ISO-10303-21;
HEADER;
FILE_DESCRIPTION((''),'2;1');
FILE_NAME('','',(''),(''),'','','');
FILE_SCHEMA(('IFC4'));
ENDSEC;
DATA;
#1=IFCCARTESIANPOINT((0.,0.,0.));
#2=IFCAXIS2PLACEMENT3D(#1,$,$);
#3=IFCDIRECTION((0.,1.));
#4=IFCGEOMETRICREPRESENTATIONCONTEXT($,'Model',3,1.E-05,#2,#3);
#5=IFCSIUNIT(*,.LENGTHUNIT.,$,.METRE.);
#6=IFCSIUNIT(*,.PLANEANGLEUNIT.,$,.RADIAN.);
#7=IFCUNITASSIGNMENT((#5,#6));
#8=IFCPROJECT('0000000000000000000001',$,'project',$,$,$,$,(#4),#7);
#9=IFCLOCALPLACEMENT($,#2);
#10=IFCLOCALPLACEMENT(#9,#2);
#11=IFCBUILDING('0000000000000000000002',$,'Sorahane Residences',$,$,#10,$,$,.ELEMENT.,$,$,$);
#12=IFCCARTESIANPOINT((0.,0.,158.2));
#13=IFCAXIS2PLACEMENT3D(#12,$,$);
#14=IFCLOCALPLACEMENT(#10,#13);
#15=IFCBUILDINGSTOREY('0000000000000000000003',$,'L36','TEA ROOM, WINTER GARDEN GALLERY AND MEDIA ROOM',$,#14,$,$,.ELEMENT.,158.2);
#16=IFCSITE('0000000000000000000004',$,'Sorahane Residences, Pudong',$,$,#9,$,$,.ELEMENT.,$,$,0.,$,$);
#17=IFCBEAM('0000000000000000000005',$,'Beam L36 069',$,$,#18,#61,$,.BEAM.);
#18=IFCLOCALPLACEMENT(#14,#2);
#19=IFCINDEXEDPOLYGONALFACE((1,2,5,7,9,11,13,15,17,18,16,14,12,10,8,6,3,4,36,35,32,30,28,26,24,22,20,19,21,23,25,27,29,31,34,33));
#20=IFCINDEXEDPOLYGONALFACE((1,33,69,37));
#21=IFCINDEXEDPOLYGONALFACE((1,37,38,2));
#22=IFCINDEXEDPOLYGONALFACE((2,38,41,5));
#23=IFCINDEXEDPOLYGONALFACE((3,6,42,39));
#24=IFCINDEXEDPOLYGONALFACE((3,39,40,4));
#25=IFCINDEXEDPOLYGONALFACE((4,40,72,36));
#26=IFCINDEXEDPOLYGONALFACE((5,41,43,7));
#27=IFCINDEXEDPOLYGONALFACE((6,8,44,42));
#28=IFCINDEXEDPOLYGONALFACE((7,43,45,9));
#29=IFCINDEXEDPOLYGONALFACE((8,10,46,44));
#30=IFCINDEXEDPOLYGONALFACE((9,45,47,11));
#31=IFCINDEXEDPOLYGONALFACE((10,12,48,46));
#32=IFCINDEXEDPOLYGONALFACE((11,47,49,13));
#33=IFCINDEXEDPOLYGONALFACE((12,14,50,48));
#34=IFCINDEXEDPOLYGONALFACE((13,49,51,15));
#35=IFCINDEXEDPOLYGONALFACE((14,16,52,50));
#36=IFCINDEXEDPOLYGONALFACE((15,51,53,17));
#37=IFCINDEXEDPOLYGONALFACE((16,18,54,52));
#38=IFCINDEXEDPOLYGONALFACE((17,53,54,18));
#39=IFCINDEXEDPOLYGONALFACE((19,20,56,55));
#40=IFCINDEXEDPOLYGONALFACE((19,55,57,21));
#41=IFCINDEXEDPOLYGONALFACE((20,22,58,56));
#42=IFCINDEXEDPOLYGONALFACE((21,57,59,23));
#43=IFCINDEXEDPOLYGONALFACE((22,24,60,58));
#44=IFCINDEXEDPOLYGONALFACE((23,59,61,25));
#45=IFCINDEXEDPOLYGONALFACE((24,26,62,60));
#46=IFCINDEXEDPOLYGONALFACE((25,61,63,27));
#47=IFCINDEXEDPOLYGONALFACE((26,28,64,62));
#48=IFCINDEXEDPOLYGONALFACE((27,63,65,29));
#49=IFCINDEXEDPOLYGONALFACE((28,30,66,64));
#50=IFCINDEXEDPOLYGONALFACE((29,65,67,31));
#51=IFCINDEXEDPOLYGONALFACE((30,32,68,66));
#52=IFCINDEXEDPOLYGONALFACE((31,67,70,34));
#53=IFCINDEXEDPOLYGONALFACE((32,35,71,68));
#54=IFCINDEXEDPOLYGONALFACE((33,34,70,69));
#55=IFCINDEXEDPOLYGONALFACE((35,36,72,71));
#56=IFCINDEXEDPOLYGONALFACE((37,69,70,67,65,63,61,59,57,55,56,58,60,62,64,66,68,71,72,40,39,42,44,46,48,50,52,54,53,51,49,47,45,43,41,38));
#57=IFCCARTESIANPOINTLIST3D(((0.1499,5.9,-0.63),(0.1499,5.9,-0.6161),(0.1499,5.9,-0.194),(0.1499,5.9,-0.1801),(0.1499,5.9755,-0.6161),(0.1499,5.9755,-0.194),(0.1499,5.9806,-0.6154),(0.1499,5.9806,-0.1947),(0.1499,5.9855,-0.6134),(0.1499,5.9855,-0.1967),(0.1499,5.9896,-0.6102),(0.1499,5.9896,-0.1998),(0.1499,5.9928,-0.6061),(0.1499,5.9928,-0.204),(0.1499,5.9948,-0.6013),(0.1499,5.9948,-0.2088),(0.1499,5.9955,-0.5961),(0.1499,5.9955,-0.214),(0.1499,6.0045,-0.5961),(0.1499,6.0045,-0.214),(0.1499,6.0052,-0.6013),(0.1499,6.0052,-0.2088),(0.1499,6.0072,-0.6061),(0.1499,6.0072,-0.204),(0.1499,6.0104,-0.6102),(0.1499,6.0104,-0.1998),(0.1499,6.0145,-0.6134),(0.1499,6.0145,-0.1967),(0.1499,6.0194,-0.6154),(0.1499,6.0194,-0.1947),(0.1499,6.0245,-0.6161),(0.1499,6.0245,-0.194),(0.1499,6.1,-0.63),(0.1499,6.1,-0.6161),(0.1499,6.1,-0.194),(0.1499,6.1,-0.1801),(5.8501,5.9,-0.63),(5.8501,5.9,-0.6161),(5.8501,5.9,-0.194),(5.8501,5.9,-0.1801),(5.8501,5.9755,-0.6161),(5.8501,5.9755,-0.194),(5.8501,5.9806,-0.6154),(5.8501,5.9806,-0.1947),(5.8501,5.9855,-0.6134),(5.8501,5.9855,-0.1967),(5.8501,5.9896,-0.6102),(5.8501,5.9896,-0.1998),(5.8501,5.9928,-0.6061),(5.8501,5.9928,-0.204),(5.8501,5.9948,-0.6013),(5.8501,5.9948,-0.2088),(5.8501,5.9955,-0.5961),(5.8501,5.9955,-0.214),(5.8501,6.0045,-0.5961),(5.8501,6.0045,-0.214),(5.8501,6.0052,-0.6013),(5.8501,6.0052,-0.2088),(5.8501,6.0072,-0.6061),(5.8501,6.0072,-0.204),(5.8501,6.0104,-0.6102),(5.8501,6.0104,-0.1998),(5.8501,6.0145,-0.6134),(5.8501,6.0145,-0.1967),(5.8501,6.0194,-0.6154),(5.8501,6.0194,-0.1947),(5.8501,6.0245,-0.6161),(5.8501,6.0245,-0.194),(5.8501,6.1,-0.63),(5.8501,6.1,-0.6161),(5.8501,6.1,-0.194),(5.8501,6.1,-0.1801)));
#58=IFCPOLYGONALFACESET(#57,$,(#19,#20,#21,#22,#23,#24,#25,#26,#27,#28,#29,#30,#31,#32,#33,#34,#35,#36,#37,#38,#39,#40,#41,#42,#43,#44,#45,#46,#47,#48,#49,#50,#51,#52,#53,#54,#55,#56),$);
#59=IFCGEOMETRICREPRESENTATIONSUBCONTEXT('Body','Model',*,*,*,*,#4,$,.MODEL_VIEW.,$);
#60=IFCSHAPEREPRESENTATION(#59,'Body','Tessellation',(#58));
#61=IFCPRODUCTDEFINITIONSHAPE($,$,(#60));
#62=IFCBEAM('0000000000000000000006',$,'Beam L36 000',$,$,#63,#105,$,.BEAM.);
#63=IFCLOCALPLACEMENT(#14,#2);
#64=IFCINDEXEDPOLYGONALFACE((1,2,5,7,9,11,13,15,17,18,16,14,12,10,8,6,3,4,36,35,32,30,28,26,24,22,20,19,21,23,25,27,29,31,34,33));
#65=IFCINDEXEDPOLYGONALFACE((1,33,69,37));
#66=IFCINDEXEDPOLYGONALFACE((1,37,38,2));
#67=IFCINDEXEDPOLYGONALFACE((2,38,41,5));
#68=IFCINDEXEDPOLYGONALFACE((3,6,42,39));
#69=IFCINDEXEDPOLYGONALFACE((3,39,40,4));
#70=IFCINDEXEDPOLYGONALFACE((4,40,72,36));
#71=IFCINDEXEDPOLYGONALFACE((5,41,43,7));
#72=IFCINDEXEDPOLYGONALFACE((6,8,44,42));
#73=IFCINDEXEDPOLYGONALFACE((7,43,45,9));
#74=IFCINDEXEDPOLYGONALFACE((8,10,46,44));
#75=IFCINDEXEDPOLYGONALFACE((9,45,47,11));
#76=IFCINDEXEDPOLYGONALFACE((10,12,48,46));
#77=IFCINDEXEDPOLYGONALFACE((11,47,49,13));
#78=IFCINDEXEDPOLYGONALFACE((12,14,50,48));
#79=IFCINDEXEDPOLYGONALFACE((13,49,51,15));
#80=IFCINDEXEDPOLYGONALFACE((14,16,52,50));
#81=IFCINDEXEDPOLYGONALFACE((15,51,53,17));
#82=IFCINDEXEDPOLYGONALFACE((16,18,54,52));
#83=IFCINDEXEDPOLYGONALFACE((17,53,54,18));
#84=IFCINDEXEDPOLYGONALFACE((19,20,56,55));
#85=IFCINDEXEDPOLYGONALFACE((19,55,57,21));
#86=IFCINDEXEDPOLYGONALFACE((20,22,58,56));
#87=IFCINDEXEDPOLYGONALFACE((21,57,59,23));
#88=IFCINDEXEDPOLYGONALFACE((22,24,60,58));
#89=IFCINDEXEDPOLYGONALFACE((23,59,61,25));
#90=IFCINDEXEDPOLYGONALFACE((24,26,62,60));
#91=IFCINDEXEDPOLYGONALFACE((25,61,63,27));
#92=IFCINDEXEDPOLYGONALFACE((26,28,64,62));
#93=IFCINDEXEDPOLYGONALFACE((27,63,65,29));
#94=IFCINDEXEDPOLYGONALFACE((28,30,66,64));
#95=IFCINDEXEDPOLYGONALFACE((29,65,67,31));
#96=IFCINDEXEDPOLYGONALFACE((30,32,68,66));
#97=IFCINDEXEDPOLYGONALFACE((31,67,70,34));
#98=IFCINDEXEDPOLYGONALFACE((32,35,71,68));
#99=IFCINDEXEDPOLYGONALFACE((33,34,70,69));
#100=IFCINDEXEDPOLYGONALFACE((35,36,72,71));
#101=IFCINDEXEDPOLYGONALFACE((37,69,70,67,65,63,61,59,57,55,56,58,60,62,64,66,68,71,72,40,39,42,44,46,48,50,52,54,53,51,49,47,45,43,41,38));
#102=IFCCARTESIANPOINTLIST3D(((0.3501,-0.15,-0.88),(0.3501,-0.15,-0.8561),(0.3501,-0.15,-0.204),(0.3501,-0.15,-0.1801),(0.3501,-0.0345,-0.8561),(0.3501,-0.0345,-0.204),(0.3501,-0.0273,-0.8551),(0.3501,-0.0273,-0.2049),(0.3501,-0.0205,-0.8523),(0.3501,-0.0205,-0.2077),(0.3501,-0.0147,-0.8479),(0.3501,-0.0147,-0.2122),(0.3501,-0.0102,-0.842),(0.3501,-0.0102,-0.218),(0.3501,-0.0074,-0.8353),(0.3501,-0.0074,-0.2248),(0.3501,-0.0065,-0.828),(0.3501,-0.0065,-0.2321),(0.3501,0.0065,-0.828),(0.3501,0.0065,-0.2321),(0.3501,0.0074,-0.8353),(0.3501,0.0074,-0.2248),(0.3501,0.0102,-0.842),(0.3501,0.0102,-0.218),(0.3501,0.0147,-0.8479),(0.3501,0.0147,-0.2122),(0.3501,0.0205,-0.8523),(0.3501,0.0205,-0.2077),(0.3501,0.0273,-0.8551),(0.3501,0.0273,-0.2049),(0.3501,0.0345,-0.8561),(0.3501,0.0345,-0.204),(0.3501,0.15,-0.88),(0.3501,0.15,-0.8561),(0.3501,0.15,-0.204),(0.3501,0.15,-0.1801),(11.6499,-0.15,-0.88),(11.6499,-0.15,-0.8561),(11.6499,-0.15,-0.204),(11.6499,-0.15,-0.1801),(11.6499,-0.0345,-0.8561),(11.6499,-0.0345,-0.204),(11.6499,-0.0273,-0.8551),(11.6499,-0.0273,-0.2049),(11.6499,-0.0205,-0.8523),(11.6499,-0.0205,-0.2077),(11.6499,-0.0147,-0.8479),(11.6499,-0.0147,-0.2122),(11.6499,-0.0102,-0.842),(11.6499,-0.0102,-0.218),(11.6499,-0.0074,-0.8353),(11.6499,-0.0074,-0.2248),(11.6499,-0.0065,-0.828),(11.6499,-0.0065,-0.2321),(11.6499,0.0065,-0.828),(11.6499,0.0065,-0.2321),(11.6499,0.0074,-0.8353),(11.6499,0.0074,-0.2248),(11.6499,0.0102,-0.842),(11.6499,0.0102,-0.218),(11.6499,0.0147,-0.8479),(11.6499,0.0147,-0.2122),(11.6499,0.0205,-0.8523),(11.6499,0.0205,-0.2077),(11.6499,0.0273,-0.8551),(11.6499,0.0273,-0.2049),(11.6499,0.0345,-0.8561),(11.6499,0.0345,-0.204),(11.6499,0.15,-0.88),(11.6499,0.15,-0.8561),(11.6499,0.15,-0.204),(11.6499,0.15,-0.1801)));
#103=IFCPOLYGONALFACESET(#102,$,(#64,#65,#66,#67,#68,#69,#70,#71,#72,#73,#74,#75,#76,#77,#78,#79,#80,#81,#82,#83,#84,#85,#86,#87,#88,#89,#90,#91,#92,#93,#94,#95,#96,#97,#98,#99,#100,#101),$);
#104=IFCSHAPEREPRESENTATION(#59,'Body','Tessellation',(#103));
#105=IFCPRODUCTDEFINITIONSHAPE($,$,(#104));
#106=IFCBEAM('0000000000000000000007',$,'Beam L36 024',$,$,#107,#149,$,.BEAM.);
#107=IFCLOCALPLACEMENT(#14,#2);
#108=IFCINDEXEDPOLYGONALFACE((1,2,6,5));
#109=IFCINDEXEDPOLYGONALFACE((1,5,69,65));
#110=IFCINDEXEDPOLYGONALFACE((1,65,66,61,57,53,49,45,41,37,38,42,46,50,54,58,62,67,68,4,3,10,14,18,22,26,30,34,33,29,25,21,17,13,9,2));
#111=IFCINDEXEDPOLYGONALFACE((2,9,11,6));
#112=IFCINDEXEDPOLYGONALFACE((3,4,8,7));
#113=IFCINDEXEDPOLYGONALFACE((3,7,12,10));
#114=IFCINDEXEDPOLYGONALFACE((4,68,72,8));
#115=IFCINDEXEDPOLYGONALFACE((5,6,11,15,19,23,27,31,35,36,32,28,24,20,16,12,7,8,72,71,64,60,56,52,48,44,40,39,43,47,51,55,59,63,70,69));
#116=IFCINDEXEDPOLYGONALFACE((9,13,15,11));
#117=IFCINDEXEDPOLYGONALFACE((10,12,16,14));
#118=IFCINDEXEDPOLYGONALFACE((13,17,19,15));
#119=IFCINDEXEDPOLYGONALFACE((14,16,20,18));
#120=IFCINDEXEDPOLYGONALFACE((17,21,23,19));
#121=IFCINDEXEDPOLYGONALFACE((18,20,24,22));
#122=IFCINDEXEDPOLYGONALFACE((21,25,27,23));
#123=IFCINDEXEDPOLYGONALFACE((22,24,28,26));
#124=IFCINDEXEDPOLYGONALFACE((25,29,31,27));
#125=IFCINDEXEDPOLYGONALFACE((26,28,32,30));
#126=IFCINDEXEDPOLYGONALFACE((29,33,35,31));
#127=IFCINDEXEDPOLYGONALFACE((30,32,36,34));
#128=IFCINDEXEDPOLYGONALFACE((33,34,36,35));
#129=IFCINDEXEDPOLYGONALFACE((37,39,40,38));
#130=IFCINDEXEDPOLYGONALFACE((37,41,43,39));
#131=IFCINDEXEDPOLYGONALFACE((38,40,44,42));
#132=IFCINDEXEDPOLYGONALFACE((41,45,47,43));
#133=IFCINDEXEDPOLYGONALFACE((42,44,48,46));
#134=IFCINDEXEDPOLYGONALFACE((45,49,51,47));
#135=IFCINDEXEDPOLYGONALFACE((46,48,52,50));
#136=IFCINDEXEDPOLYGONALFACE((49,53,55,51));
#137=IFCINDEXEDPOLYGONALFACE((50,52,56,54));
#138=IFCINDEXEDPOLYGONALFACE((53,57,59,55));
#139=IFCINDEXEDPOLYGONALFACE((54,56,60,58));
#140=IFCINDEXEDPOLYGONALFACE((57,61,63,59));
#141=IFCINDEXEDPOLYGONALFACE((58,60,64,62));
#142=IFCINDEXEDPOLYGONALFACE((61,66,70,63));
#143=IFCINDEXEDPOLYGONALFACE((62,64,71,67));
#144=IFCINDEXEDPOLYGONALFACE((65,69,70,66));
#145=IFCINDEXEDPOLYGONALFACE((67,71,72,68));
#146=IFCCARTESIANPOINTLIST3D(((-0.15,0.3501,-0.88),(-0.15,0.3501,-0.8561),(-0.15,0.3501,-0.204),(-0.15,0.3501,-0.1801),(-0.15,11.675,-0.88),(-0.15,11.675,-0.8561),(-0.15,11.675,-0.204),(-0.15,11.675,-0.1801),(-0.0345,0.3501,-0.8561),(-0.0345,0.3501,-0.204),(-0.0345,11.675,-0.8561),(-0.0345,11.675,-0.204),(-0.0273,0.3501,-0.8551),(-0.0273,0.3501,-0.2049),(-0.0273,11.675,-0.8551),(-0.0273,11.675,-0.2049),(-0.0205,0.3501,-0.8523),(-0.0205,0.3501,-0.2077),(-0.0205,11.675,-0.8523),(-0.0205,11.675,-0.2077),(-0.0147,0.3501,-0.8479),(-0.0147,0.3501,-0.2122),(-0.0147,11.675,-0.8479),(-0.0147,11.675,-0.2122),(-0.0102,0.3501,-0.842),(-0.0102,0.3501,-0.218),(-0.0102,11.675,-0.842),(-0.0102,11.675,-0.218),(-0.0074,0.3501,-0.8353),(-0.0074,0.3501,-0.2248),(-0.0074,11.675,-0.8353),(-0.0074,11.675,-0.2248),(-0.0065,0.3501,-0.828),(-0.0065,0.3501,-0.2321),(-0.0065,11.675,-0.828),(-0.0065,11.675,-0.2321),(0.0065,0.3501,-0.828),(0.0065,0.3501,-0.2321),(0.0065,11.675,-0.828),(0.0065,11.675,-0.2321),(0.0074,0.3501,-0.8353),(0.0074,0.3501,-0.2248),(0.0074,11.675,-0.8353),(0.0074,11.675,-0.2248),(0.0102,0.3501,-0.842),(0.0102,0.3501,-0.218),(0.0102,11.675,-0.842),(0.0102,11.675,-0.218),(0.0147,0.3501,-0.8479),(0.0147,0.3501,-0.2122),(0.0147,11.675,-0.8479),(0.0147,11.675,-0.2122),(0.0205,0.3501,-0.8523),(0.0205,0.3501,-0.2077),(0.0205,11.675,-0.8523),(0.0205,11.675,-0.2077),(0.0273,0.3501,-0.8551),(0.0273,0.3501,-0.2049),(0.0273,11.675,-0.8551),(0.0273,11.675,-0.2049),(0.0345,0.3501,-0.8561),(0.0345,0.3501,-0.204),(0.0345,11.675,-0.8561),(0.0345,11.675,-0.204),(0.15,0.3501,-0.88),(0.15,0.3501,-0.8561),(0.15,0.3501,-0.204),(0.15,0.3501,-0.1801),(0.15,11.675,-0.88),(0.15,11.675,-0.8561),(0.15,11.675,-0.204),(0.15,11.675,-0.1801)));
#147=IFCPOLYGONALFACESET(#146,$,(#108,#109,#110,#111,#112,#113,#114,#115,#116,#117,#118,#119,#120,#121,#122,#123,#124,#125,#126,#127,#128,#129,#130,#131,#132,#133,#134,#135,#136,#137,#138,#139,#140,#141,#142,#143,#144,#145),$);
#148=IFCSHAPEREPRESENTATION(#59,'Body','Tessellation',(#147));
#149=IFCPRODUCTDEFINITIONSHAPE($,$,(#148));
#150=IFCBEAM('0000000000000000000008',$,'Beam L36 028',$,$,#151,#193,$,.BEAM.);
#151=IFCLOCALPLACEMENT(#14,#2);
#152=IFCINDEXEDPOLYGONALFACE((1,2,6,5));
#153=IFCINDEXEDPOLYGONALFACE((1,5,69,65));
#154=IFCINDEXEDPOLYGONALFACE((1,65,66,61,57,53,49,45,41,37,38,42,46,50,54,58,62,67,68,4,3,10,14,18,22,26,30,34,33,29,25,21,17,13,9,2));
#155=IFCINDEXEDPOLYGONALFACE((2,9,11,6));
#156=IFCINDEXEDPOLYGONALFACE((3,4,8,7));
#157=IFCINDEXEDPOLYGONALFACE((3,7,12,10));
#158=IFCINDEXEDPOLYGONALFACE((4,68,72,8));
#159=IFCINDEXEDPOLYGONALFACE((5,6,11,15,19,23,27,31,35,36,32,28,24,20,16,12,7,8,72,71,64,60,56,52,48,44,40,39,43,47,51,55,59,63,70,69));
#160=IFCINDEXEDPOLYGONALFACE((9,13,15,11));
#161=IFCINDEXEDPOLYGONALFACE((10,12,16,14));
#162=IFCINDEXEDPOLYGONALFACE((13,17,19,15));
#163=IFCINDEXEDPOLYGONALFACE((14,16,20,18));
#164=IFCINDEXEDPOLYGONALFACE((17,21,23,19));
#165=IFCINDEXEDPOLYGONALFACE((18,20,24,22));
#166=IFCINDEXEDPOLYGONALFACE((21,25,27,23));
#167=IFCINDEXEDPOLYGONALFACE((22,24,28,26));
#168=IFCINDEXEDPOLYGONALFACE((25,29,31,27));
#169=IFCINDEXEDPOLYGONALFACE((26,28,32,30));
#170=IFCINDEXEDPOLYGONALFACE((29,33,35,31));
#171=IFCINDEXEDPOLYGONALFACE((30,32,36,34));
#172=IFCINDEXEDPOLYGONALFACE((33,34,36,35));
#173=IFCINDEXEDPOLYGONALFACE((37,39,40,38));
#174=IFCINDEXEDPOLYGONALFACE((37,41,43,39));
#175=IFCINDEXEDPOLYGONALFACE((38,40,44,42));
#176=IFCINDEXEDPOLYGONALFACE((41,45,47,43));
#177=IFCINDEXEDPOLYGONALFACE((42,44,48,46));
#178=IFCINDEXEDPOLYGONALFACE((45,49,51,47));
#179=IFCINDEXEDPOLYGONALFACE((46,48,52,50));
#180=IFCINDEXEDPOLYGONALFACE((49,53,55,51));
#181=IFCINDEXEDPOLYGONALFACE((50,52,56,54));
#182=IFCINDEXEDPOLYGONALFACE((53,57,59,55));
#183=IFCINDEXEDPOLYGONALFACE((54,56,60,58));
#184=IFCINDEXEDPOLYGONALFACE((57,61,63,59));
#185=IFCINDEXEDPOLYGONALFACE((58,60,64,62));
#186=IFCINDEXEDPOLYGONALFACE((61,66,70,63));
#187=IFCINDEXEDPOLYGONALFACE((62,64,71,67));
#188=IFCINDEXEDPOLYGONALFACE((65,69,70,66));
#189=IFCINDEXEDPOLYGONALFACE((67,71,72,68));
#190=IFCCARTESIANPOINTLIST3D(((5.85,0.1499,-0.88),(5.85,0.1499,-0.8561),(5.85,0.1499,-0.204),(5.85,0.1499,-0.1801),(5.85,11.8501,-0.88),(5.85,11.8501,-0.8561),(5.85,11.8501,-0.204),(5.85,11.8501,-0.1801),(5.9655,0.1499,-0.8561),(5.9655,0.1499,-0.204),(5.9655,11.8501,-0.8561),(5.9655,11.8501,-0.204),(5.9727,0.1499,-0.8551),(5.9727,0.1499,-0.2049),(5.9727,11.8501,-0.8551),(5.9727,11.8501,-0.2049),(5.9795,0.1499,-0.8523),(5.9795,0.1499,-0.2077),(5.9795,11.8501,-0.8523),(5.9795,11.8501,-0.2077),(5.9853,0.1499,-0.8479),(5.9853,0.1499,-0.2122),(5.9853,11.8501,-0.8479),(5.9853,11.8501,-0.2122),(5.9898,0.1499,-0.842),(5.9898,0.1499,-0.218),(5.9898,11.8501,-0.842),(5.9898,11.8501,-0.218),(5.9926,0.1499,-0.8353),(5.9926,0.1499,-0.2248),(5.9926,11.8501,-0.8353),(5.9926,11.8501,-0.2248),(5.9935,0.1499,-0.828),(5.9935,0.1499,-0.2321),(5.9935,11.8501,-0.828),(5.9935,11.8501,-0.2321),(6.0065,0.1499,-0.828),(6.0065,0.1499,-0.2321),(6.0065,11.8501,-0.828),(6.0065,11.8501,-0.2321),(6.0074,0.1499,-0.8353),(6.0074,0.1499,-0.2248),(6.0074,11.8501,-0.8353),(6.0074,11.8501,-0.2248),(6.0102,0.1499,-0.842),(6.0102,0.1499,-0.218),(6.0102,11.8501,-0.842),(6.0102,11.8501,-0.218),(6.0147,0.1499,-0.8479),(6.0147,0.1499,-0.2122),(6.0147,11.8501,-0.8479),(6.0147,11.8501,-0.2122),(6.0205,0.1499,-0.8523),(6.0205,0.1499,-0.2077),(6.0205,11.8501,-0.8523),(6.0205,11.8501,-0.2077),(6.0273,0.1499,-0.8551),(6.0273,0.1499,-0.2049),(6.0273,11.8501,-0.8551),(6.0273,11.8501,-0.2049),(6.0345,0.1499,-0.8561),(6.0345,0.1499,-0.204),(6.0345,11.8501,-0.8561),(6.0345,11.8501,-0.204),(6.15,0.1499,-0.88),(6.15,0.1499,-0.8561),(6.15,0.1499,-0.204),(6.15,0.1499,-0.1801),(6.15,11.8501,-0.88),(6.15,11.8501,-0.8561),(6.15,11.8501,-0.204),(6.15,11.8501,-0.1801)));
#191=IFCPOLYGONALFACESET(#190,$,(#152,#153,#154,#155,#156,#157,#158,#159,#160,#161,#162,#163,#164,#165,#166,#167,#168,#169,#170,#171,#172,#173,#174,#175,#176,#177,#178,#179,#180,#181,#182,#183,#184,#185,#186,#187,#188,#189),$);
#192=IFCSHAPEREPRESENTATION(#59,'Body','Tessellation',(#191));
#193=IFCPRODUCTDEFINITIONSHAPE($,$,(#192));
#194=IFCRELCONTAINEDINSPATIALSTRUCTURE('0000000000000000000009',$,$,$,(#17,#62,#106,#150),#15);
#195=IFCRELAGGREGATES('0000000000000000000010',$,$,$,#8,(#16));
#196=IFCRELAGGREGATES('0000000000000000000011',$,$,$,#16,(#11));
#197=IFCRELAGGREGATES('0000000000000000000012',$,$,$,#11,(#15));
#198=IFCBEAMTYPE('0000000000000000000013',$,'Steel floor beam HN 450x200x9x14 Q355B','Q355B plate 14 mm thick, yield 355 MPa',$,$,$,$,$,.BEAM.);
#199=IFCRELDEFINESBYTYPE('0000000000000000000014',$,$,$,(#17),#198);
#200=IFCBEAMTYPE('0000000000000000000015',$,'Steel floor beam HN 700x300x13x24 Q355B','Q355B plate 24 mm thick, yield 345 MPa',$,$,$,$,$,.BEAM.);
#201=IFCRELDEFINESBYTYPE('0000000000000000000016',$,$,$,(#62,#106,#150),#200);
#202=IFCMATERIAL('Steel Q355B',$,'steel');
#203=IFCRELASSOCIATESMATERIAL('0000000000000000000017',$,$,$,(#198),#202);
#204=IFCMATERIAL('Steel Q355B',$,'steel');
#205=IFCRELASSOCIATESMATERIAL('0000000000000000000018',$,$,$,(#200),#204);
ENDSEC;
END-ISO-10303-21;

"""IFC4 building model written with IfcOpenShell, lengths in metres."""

from ifc_helpers import new_model, si_unit, direction, frame, origin, origin_2d, place, context, subcontext, project, spatial, i_section, extrude, material, material_profile, profile_set, type_object, element, save


model = new_model("IFC4")

# Units and contexts
model_context = context("Model", 3, precision=1e-05, world=origin(), true_north=direction((0.0, 1.0)))
body_context = subcontext(model_context, "Body", "Model", "MODEL_VIEW")
ifc_project = project(units=[si_unit("LENGTHUNIT", "METRE"), si_unit("PLANEANGLEUNIT", "RADIAN")], contexts=[model_context])

# Site, building, storey
site_placement = place(None, origin())
site = spatial("IfcSite", under=ifc_project, at=site_placement, Name="Sorahane Residences, Pudong", CompositionType="ELEMENT", RefElevation=0.0)
building_placement = place(site_placement, origin())
building = spatial("IfcBuilding", under=site, at=building_placement, Name="Sorahane Residences", CompositionType="ELEMENT")
storey_placement = place(building_placement, frame((0.0, 0.0, 158.2)))
storey = spatial("IfcBuildingStorey", under=building, at=storey_placement, Name="L36", Description="TEA ROOM, WINTER GARDEN GALLERY AND MEDIA ROOM", CompositionType="ELEMENT", Elevation=158.2)

# Beams
ifc_material_1 = material(Name="Steel Q355B", Category="steel")
ifc_material_profile_1 = material_profile(ifc_material_1, i_section(OverallWidth=0.2, OverallDepth=0.45, WebThickness=0.009, FlangeThickness=0.0139, FilletRadius=0.02, at=origin_2d()), Name="HN 450x200x9x14")
ifc_profile_set_1 = profile_set([ifc_material_profile_1], Name="Steel Q355B")
beam_type_1 = type_object("IfcBeamType", Name="Steel floor beam HN 450x200x9x14 Q355B", Description="Q355B plate 14 mm thick, yield 355 MPa", PredefinedType="BEAM", material=ifc_profile_set_1)
beam_1_placement = place(storey_placement, frame((0.1499, 6.0, -0.405), z_axis=(1.0, 0.0, 0.0), x_axis=(0.0, 1.0, 0.0)))
element("IfcBeam", 1, at=beam_1_placement, inside=storey, type_object=beam_type_1, Name="Beam L36 069", PredefinedType="BEAM", context=body_context, shape_type="SweptSolid", body=[
    extrude(i_section(OverallWidth=0.2, OverallDepth=0.45, WebThickness=0.009, FlangeThickness=0.0139, FilletRadius=0.02, at=origin_2d()), origin(), (0.0, 0.0, 1.0), 5.7002),
])
ifc_material_2 = material(Name="Steel Q355B", Category="steel")
ifc_material_profile_2 = material_profile(ifc_material_2, i_section(OverallWidth=0.3, OverallDepth=0.7, WebThickness=0.0129, FlangeThickness=0.0239, FilletRadius=0.0281, at=origin_2d()), Name="HN 700x300x13x24")
ifc_profile_set_2 = profile_set([ifc_material_profile_2], Name="Steel Q355B")
beam_type_2 = type_object("IfcBeamType", Name="Steel floor beam HN 700x300x13x24 Q355B", Description="Q355B plate 24 mm thick, yield 345 MPa", PredefinedType="BEAM", material=ifc_profile_set_2)
beam_2_placement = place(storey_placement, frame((0.3501, 0.0, -0.53), z_axis=(1.0, 0.0, 0.0), x_axis=(0.0, 1.0, 0.0)))
element("IfcBeam", 2, at=beam_2_placement, inside=storey, type_object=beam_type_2, Name="Beam L36 000", PredefinedType="BEAM", context=body_context, shape_type="SweptSolid", body=[
    extrude(i_section(OverallWidth=0.3, OverallDepth=0.7, WebThickness=0.0129, FlangeThickness=0.0239, FilletRadius=0.0281, at=origin_2d()), origin(), (0.0, 0.0, 1.0), 11.2998),
])
beam_3_placement = place(storey_placement, frame((0.0, 0.3501, -0.53), z_axis=(0.0, 1.0, 0.0), x_axis=(-1.0, 0.0, 0.0)))
element("IfcBeam", 3, at=beam_3_placement, inside=storey, type_object=beam_type_2, Name="Beam L36 024", PredefinedType="BEAM", context=body_context, shape_type="SweptSolid", body=[
    extrude(i_section(OverallWidth=0.3, OverallDepth=0.7, WebThickness=0.0129, FlangeThickness=0.0239, FilletRadius=0.0281, at=origin_2d()), origin(), (0.0, 0.0, 1.0), 11.325),
])
beam_4_placement = place(storey_placement, frame((6.0, 0.1499, -0.53), z_axis=(0.0, 1.0, 0.0), x_axis=(-1.0, 0.0, 0.0)))
element("IfcBeam", 4, at=beam_4_placement, inside=storey, type_object=beam_type_2, Name="Beam L36 028", PredefinedType="BEAM", context=body_context, shape_type="SweptSolid", body=[
    extrude(i_section(OverallWidth=0.3, OverallDepth=0.7, WebThickness=0.0129, FlangeThickness=0.0239, FilletRadius=0.0281, at=origin_2d()), origin(), (0.0, 0.0, 1.0), 11.7002),
])

save(model, "model.ifc")
